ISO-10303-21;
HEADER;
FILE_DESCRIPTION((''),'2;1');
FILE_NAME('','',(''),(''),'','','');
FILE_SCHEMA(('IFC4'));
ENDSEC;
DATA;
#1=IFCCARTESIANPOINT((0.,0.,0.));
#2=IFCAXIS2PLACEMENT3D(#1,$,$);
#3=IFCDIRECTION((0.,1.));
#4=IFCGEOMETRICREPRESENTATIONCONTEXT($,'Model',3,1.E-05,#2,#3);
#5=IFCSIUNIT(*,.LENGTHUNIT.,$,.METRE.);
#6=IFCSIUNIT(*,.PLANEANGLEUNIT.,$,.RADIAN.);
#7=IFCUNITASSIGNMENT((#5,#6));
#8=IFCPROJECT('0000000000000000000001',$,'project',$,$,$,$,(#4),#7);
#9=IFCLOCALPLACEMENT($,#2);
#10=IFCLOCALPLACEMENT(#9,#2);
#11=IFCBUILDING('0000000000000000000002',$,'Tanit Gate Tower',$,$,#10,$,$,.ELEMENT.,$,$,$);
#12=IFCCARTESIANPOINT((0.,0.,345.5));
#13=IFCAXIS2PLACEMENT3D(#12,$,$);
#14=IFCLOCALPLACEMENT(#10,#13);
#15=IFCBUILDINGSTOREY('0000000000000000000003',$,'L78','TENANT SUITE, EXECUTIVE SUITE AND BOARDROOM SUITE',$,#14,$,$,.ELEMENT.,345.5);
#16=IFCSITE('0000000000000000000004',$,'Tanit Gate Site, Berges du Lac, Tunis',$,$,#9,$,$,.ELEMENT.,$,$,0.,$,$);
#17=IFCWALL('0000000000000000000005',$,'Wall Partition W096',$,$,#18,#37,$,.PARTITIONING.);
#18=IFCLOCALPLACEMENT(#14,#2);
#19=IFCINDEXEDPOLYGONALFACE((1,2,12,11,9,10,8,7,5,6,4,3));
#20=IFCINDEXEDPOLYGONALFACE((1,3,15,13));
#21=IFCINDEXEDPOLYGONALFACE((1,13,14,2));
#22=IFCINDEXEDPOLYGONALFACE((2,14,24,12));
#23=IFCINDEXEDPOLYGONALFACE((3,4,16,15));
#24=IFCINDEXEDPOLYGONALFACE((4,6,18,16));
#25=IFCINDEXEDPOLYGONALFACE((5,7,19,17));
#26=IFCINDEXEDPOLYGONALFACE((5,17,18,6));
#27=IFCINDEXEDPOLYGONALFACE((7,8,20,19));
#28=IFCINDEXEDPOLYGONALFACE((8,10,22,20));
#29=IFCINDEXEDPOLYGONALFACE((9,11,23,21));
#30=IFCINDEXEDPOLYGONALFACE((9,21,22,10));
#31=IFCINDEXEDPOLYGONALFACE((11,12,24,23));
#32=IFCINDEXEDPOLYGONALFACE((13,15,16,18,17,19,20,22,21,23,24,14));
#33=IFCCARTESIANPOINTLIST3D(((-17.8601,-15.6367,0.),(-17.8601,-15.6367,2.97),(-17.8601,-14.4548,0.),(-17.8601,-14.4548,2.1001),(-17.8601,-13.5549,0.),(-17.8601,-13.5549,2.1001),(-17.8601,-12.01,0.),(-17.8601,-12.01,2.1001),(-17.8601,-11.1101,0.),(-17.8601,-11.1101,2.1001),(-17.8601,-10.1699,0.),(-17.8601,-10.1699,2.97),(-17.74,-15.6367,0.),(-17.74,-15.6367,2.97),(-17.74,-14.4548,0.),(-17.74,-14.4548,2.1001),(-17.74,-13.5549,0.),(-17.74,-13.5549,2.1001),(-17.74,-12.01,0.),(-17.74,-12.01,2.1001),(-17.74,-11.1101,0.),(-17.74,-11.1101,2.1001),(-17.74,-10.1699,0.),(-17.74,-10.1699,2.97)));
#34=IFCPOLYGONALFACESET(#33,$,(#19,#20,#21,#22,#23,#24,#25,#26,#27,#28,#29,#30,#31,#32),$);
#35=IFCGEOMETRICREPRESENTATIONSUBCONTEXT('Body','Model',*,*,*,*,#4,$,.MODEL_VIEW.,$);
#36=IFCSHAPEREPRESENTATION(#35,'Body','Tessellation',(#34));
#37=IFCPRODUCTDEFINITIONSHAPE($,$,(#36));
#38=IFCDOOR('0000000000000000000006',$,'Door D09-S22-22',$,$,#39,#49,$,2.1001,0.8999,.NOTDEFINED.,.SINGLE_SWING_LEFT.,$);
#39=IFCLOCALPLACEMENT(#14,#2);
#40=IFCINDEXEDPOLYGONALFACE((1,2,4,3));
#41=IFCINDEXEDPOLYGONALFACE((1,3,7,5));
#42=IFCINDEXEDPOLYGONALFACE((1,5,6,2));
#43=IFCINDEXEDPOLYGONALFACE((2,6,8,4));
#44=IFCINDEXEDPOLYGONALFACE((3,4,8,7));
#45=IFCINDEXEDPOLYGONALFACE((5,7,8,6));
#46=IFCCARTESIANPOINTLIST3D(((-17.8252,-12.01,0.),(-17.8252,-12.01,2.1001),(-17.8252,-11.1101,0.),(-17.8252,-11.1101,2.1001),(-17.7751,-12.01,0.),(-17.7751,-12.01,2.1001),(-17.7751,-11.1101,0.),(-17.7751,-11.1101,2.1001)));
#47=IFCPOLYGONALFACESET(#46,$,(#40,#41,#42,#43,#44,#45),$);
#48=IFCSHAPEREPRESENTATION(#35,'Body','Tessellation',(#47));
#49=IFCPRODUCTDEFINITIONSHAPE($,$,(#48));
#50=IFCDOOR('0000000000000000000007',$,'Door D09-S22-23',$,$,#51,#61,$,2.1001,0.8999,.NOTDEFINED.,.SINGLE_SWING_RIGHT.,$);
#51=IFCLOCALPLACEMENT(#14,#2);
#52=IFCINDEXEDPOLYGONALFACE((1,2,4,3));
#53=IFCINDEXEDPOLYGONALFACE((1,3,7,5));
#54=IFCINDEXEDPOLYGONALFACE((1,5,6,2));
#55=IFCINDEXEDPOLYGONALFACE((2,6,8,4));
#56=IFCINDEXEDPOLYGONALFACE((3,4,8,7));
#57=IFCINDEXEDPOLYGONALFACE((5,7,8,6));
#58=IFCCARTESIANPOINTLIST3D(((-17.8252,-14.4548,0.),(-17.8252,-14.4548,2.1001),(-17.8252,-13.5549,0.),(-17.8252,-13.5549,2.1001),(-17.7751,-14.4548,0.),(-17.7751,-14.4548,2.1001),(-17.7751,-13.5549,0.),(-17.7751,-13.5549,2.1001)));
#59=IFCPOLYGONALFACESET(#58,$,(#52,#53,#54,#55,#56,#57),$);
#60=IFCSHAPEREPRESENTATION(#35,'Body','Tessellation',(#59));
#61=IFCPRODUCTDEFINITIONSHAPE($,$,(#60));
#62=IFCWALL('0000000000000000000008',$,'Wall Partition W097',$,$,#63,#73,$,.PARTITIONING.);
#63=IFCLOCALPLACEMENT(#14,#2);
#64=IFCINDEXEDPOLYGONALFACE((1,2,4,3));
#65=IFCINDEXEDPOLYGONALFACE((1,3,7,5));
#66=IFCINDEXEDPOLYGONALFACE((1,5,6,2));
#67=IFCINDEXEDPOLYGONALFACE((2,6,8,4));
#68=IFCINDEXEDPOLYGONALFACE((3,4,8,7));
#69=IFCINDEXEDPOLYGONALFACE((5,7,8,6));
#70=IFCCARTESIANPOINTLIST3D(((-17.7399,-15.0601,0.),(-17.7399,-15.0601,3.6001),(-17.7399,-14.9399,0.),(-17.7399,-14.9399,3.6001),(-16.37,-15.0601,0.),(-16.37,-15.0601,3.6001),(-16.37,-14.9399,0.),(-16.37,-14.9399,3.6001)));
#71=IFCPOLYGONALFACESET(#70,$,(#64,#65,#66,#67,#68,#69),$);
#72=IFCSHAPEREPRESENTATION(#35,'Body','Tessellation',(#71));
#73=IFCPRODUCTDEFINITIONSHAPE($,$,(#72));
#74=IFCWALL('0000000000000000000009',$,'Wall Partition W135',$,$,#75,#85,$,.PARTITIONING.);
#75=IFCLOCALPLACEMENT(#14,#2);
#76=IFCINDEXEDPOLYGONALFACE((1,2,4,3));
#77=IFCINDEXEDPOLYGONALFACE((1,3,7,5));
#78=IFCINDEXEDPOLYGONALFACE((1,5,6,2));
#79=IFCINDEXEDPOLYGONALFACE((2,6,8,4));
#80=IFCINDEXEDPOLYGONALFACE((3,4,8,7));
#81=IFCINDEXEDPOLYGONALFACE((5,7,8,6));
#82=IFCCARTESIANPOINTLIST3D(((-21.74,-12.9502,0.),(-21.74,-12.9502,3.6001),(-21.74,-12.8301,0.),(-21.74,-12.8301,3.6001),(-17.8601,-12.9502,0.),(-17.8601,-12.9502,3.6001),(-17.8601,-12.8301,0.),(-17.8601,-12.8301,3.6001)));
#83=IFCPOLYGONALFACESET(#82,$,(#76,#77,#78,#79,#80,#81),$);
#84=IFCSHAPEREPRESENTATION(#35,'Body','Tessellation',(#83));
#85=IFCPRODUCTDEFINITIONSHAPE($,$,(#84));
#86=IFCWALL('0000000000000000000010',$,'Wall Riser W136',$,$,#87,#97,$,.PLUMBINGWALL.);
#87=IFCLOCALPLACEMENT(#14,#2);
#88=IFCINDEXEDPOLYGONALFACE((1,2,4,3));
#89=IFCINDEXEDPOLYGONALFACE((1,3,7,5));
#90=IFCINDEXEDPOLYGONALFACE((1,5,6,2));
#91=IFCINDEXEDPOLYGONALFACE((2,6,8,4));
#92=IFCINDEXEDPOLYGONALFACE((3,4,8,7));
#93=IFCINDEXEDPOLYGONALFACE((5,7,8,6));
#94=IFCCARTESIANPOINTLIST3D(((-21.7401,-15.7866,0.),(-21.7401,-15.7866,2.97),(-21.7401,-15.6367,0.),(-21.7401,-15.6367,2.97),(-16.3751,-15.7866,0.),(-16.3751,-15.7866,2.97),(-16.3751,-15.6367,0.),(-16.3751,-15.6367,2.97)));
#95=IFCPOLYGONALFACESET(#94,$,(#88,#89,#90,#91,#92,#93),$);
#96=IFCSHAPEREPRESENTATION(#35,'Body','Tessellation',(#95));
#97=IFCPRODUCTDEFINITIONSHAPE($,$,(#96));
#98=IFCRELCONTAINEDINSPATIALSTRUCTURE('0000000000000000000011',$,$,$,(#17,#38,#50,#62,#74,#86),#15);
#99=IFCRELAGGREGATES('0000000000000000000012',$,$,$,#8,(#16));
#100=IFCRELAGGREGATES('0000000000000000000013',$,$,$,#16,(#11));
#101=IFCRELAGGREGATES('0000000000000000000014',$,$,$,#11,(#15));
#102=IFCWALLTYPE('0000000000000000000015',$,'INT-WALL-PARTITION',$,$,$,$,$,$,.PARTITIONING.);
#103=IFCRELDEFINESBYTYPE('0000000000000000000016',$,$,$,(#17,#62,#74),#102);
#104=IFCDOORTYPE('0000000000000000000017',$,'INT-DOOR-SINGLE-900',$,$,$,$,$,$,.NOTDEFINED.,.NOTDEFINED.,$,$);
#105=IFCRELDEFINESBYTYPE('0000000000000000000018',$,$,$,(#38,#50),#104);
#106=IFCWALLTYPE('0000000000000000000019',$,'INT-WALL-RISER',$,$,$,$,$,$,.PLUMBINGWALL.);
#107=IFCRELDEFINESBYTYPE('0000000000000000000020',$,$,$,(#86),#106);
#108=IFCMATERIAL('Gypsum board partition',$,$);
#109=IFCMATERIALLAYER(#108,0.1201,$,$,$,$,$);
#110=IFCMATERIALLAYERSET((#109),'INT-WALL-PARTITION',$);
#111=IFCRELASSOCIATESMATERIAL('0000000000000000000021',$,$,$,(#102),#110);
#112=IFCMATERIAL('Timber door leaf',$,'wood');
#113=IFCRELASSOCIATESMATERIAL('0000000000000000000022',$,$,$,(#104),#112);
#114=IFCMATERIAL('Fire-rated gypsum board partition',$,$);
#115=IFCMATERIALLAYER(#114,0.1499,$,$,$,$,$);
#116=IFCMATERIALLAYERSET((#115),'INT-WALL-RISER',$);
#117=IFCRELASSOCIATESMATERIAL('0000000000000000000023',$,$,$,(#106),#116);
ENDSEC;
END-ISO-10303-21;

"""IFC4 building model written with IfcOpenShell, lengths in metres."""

from ifc_helpers import new_model, si_unit, direction, frame, frame_2d, origin, place, context, subcontext, project, spatial, rectangle, extrude, material, layer, layer_set, type_object, element, fill, save


model = new_model("IFC4")

# Units and contexts
model_context = context("Model", 3, precision=1e-05, world=origin(), true_north=direction((0.0, 1.0)))
body_context = subcontext(model_context, "Body", "Model", "MODEL_VIEW")
ifc_project = project(units=[si_unit("LENGTHUNIT", "METRE"), si_unit("PLANEANGLEUNIT", "RADIAN")], contexts=[model_context])

# Site, building, storey
site_placement = place(None, origin())
site = spatial("IfcSite", under=ifc_project, at=site_placement, Name="Tanit Gate Site, Berges du Lac, Tunis", CompositionType="ELEMENT", RefElevation=0.0)
building_placement = place(site_placement, origin())
building = spatial("IfcBuilding", under=site, at=building_placement, Name="Tanit Gate Tower", CompositionType="ELEMENT")
storey_placement = place(building_placement, frame((0.0, 0.0, 345.5)))
storey = spatial("IfcBuildingStorey", under=building, at=storey_placement, Name="L78", Description="TENANT SUITE, EXECUTIVE SUITE AND BOARDROOM SUITE", CompositionType="ELEMENT", Elevation=345.5)

# Wall, openings, doors
ifc_material_1 = material(Name="Gypsum board partition")
ifc_layer_1 = layer(ifc_material_1, 0.1201)
ifc_layer_set_1 = layer_set([ifc_layer_1], Name="INT-WALL-PARTITION")
wall_type_1 = type_object("IfcWallType", Name="INT-WALL-PARTITION", PredefinedType="PARTITIONING", material=ifc_layer_set_1)
wall_1_placement = place(storey_placement, frame((-17.8, -10.1699, 0.0), z_axis=(0.0, 0.0, 1.0), x_axis=(0.0, -1.0, 0.0)))
wall_1 = element("IfcWall", 1, at=wall_1_placement, inside=storey, type_object=wall_type_1, Name="Wall Partition W096", PredefinedType="PARTITIONING", context=body_context, shape_type="SweptSolid", body=[
    extrude(rectangle(XDim=5.4668, YDim=0.1201, at=frame_2d((2.7334, 0.0))), origin(), (0.0, 0.0, 1.0), 2.97),
])
opening_1_placement = place(wall_1_placement, frame((0.9402, 0.0, 0.0)))
opening_1 = element("IfcOpeningElement", 2, at=opening_1_placement, cuts=wall_1, PredefinedType="OPENING", context=body_context, shape_type="SweptSolid", body=[
    extrude(rectangle(XDim=0.8999, YDim=2.1001, at=frame_2d((0.45, 1.05))), frame((0.0, 0.0701, 0.0), z_axis=(0.0, -1.0, 0.0), x_axis=(1.0, 0.0, 0.0)), (0.0, 0.0, 1.0), 0.1401),
])
opening_2_placement = place(wall_1_placement, frame((3.385, 0.0, 0.0)))
opening_2 = element("IfcOpeningElement", 3, at=opening_2_placement, cuts=wall_1, PredefinedType="OPENING", context=body_context, shape_type="SweptSolid", body=[
    extrude(rectangle(XDim=0.8999, YDim=2.1001, at=frame_2d((0.45, 1.05))), frame((0.0, 0.0701, 0.0), z_axis=(0.0, -1.0, 0.0), x_axis=(1.0, 0.0, 0.0)), (0.0, 0.0, 1.0), 0.1401),
])
ifc_material_2 = material(Name="Timber door leaf", Category="wood")
door_type = type_object("IfcDoorType", Name="INT-DOOR-SINGLE-900", OperationType="NOTDEFINED", PredefinedType="NOTDEFINED", material=ifc_material_2)
door_1_placement = place(opening_1_placement, origin())
door_1 = element("IfcDoor", 4, at=door_1_placement, inside=storey, type_object=door_type, Name="Door D09-S22-22", OperationType="SINGLE_SWING_LEFT", OverallHeight=2.1001, OverallWidth=0.8999, PredefinedType="NOTDEFINED", context=body_context, shape_type="SweptSolid", body=[
    extrude(rectangle(XDim=0.8999, YDim=2.1001, at=frame_2d((0.45, 1.05))), frame((0.0, 0.0249, 0.0), z_axis=(0.0, -1.0, 0.0), x_axis=(1.0, 0.0, 0.0)), (0.0, 0.0, 1.0), 0.05),
])
fill(opening_1, door_1)
door_2_placement = place(opening_2_placement, origin())
door_2 = element("IfcDoor", 5, at=door_2_placement, inside=storey, type_object=door_type, Name="Door D09-S22-23", OperationType="SINGLE_SWING_RIGHT", OverallHeight=2.1001, OverallWidth=0.8999, PredefinedType="NOTDEFINED", context=body_context, shape_type="SweptSolid", body=[
    extrude(rectangle(XDim=0.8999, YDim=2.1001, at=frame_2d((0.45, 1.05))), frame((0.0, 0.0249, 0.0), z_axis=(0.0, -1.0, 0.0), x_axis=(1.0, 0.0, 0.0)), (0.0, 0.0, 1.0), 0.05),
])
fill(opening_2, door_2)

# Walls
wall_2_placement = place(storey_placement, frame((-17.74, -15.0, 0.0), z_axis=(0.0, 0.0, 1.0), x_axis=(1.0, 0.0, 0.0)))
element("IfcWall", 6, at=wall_2_placement, inside=storey, type_object=wall_type_1, Name="Wall Partition W097", PredefinedType="PARTITIONING", context=body_context, shape_type="SweptSolid", body=[
    extrude(rectangle(XDim=1.3699, YDim=0.1201, at=frame_2d((0.6851, 0.0))), origin(), (0.0, 0.0, 1.0), 3.6001),
])
wall_3_placement = place(storey_placement, frame((-17.8601, -12.8901, 0.0), z_axis=(0.0, 0.0, 1.0), x_axis=(-1.0, 0.0, 0.0)))
element("IfcWall", 7, at=wall_3_placement, inside=storey, type_object=wall_type_1, Name="Wall Partition W135", PredefinedType="PARTITIONING", context=body_context, shape_type="SweptSolid", body=[
    extrude(rectangle(XDim=3.8799, YDim=0.1201, at=frame_2d((1.9399, 0.0))), origin(), (0.0, 0.0, 1.0), 3.6001),
])
ifc_material_3 = material(Name="Fire-rated gypsum board partition")
ifc_layer_2 = layer(ifc_material_3, 0.1499)
ifc_layer_set_2 = layer_set([ifc_layer_2], Name="INT-WALL-RISER")
wall_type_2 = type_object("IfcWallType", Name="INT-WALL-RISER", PredefinedType="PLUMBINGWALL", material=ifc_layer_set_2)
wall_4_placement = place(storey_placement, frame((-16.375, -15.7117, 0.0), z_axis=(0.0, 0.0, 1.0), x_axis=(-1.0, 0.0, 0.0)))
element("IfcWall", 8, at=wall_4_placement, inside=storey, type_object=wall_type_2, Name="Wall Riser W136", PredefinedType="PLUMBINGWALL", context=body_context, shape_type="SweptSolid", body=[
    extrude(rectangle(XDim=5.365, YDim=0.1499, at=frame_2d((2.6826, 0.0))), origin(), (0.0, 0.0, 1.0), 2.97),
])

save(model, "model.ifc")
